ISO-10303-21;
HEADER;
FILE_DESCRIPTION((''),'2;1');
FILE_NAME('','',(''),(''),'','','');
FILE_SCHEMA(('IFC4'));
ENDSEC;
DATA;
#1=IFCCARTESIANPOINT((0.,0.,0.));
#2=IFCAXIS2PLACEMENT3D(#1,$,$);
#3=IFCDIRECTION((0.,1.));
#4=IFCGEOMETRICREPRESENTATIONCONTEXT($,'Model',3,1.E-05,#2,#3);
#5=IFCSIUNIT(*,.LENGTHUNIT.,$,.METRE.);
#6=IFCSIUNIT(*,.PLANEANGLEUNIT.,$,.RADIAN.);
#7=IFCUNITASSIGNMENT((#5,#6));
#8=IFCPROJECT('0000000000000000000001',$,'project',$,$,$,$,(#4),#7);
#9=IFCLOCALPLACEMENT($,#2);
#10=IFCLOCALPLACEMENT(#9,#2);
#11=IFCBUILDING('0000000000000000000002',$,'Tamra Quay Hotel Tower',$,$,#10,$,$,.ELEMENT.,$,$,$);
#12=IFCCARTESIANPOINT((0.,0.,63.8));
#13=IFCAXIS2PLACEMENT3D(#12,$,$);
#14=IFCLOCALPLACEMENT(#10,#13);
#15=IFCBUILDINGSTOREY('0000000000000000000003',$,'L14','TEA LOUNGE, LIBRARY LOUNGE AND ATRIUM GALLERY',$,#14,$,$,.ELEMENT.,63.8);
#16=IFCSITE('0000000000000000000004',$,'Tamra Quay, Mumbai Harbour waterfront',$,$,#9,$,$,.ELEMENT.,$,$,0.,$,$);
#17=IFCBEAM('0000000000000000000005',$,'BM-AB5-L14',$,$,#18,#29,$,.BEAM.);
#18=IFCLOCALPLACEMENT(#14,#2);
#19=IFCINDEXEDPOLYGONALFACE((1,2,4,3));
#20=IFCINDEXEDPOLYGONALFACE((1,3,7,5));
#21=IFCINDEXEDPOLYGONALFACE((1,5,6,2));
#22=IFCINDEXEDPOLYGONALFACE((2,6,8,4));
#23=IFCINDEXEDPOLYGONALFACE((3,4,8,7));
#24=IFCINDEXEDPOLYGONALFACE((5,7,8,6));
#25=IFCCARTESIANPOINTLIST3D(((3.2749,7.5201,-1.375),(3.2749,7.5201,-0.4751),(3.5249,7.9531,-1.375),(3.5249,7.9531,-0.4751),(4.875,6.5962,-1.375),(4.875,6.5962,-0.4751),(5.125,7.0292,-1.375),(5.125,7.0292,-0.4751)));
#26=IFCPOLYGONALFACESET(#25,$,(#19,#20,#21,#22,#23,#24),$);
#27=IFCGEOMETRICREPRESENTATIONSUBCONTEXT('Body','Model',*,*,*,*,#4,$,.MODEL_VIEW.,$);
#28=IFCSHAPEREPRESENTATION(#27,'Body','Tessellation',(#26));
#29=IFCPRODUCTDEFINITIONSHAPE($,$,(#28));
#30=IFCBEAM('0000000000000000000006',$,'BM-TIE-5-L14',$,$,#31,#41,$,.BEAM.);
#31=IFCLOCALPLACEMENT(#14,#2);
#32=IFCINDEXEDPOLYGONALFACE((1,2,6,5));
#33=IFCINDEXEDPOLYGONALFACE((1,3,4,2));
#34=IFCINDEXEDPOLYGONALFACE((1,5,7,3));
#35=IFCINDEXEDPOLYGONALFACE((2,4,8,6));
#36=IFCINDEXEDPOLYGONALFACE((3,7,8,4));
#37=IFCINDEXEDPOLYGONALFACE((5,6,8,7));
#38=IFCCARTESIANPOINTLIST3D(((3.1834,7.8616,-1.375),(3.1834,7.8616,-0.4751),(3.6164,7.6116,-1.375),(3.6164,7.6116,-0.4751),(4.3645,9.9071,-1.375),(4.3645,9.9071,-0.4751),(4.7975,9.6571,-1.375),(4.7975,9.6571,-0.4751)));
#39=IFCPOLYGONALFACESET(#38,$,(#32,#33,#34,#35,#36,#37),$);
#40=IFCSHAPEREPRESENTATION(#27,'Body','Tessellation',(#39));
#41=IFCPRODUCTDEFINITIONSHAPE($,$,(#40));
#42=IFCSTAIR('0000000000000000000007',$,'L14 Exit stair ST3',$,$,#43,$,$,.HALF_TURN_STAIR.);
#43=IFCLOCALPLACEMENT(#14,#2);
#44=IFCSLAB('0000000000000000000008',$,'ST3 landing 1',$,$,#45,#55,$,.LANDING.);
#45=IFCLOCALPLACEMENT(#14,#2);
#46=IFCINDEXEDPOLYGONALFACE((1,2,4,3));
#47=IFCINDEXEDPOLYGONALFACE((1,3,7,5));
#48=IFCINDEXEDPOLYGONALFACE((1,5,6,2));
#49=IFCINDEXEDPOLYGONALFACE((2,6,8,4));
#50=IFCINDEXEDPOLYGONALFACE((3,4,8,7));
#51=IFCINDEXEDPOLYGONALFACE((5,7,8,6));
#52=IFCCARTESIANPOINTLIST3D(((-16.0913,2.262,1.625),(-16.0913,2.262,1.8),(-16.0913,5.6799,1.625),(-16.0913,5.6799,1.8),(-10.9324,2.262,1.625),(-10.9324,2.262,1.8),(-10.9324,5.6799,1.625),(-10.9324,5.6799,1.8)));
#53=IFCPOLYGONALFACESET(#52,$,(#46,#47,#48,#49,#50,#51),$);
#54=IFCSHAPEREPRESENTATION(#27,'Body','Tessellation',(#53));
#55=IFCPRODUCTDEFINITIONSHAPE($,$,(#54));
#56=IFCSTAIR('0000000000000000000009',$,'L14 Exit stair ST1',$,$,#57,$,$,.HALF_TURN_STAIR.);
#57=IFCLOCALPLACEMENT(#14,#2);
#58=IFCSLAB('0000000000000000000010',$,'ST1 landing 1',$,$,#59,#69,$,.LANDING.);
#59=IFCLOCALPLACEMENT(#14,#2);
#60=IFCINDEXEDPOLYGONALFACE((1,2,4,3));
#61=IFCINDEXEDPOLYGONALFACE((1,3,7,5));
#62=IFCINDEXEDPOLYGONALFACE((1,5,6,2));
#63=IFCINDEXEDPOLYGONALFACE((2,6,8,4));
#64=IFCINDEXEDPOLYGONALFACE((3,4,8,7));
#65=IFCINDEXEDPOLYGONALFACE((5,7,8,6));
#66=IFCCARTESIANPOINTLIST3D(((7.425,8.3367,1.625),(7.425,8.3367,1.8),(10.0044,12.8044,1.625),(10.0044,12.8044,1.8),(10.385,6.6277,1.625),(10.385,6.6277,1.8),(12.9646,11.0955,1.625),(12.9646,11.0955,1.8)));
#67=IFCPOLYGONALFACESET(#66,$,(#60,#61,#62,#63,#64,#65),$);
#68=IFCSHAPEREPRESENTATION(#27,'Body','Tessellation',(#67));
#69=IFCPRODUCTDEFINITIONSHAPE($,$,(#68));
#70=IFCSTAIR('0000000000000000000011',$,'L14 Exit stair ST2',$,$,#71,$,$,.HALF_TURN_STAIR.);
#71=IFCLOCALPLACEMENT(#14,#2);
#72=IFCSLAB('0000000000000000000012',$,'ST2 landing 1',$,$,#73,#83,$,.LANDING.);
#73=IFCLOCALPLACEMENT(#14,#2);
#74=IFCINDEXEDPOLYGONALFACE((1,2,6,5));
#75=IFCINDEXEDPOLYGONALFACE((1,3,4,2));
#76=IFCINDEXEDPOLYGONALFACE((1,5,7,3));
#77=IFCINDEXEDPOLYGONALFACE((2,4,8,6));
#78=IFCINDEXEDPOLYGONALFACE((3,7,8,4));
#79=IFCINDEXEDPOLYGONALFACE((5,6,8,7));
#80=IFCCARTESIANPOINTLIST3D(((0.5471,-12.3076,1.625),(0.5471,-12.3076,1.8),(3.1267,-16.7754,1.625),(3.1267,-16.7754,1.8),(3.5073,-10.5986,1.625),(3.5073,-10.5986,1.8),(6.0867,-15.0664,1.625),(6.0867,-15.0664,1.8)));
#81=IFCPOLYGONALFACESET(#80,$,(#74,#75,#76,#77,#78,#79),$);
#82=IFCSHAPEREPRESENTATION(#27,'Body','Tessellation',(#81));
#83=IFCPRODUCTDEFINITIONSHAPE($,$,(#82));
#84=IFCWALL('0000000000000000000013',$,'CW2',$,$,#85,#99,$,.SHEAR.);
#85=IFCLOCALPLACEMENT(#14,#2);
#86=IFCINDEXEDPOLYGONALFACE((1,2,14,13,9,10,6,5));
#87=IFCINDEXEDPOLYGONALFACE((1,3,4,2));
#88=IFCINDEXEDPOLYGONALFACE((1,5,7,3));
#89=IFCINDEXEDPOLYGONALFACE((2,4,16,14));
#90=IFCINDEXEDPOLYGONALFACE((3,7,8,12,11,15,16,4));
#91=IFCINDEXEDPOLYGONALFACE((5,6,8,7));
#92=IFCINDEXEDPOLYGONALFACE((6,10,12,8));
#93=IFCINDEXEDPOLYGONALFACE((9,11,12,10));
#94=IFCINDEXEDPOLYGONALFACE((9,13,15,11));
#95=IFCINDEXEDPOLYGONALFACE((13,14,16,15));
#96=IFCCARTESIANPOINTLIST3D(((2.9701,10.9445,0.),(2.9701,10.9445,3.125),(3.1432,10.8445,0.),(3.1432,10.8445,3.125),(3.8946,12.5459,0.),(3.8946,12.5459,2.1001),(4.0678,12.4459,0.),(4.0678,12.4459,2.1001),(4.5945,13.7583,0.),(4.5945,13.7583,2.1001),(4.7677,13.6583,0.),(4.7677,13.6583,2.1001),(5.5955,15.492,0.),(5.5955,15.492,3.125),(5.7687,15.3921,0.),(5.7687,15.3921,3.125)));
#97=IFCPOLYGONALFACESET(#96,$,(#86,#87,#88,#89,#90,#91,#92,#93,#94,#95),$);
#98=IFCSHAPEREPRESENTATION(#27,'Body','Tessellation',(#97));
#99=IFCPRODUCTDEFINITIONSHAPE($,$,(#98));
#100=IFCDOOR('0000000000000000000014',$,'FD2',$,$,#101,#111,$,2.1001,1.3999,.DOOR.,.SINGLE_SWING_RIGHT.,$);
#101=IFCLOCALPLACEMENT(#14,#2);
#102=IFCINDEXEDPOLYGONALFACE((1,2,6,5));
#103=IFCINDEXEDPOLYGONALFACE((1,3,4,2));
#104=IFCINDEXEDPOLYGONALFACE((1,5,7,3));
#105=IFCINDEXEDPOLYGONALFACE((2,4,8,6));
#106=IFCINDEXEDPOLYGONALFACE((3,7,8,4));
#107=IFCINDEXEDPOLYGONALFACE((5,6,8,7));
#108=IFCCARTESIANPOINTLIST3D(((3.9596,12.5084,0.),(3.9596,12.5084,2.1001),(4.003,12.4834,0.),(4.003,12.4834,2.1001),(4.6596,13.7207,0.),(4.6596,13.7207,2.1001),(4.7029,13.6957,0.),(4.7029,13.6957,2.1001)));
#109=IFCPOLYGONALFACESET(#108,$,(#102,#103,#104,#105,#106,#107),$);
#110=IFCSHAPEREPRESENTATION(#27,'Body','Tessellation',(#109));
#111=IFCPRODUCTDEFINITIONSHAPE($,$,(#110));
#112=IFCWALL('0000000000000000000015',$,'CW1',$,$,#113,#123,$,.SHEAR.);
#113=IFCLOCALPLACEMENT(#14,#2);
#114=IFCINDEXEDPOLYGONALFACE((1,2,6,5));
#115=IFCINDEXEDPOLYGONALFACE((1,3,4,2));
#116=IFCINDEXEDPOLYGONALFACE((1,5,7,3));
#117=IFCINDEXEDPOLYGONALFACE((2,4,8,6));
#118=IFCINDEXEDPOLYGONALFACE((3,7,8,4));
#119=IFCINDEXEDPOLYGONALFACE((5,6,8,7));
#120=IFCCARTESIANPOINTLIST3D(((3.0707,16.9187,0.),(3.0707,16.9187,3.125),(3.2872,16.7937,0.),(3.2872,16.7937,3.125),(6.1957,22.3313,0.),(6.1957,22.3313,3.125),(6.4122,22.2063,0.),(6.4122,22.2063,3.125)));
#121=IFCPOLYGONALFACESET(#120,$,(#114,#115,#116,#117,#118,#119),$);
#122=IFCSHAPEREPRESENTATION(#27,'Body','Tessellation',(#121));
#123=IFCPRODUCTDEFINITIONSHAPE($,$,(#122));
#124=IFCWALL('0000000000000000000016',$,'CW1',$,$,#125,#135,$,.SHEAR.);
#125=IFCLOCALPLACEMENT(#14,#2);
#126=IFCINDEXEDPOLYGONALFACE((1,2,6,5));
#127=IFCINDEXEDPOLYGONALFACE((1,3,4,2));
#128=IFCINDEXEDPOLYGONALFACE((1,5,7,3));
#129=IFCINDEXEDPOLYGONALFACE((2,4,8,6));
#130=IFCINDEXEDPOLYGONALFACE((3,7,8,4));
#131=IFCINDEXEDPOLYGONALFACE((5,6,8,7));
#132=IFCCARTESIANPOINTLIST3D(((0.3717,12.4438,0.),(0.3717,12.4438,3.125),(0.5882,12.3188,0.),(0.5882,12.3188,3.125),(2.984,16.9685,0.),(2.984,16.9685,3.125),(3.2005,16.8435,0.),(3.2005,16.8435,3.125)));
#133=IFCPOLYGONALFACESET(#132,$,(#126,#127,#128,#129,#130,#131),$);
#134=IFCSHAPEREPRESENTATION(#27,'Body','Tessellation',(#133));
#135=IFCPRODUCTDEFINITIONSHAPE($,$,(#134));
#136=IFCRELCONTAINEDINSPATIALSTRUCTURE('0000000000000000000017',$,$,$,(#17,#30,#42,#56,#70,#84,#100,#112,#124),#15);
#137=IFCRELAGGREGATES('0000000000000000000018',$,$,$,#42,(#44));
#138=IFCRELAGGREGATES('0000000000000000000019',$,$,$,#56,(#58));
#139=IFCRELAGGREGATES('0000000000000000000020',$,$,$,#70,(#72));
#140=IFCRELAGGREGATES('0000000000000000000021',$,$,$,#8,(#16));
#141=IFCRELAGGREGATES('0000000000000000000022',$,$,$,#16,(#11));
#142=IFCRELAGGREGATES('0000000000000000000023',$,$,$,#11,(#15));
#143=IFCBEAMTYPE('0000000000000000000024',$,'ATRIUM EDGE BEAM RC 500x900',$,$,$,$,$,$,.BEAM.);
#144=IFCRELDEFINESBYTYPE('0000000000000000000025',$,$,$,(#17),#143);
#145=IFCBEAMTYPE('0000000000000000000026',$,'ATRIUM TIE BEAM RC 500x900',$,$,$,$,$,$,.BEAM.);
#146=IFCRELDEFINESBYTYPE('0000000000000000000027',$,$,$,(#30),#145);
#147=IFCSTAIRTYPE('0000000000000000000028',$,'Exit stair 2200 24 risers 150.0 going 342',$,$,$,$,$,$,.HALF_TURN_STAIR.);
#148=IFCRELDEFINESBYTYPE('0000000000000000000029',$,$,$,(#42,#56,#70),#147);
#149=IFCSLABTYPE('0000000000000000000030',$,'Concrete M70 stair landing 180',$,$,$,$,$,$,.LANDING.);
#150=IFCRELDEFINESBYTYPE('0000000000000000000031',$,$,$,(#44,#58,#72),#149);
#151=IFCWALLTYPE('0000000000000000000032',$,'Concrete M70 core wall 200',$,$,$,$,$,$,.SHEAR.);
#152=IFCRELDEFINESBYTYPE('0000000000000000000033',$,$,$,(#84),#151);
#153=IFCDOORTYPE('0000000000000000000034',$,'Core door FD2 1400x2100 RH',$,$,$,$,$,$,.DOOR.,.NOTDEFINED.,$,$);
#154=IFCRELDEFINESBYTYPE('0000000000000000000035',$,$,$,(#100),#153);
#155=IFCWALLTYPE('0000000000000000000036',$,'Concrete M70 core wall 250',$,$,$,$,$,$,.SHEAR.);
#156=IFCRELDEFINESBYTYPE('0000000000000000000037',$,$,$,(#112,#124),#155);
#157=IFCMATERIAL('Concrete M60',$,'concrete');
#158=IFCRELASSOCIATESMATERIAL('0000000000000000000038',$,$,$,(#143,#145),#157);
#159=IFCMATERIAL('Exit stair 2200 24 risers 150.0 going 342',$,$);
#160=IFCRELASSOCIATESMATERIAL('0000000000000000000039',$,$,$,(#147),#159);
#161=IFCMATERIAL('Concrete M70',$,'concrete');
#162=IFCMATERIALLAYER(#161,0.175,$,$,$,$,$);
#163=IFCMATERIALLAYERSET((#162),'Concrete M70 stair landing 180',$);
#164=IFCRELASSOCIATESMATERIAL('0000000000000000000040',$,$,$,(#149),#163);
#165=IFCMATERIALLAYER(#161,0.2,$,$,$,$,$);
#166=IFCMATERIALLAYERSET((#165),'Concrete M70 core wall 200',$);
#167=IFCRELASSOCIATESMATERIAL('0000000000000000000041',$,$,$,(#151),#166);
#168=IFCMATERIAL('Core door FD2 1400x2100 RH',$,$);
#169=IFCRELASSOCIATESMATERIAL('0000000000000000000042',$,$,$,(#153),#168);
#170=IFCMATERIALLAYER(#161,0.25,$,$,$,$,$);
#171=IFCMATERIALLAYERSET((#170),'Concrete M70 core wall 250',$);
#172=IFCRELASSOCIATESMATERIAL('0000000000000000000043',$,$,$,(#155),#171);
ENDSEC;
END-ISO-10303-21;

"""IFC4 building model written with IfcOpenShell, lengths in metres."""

from ifc_helpers import new_model, si_unit, direction, frame, frame_2d, origin, origin_2d, place, context, subcontext, project, spatial, polyline, rectangle, outline, extrude, material, layer, layer_set, material_profile, profile_set, type_object, element, fill, aggregate, save


model = new_model("IFC4")

# Units and contexts
model_context = context("Model", 3, precision=1e-05, world=origin(), true_north=direction((0.0, 1.0)))
body_context = subcontext(model_context, "Body", "Model", "MODEL_VIEW")
ifc_project = project(units=[si_unit("LENGTHUNIT", "METRE"), si_unit("PLANEANGLEUNIT", "RADIAN")], contexts=[model_context])

# Site, building, storey
site_placement = place(None, origin())
site = spatial("IfcSite", under=ifc_project, at=site_placement, Name="Tamra Quay, Mumbai Harbour waterfront", CompositionType="ELEMENT", RefElevation=0.0)
building_placement = place(site_placement, origin())
building = spatial("IfcBuilding", under=site, at=building_placement, Name="Tamra Quay Hotel Tower", CompositionType="ELEMENT")
storey_placement = place(building_placement, frame((0.0, 0.0, 63.8)))
storey = spatial("IfcBuildingStorey", under=building, at=storey_placement, Name="L14", Description="TEA LOUNGE, LIBRARY LOUNGE AND ATRIUM GALLERY", CompositionType="ELEMENT", Elevation=63.8)

# Beams
ifc_material_1 = material(Name="Concrete M60", Category="concrete")
ifc_material_profile_1 = material_profile(ifc_material_1, rectangle(XDim=0.5, YDim=0.8999, at=origin_2d()), Name="ATRIUM EDGE BEAM RC 500x900")
ifc_profile_set_1 = profile_set([ifc_material_profile_1], Name="Concrete M60")
beam_type_1 = type_object("IfcBeamType", Name="ATRIUM EDGE BEAM RC 500x900", PredefinedType="BEAM", material=ifc_profile_set_1)
beam_1_placement = place(storey_placement, frame((3.3999, 7.7366, -0.925), z_axis=(0.866023, -0.500005, 0.0), x_axis=(0.500005, 0.866023, 0.0)))
element("IfcBeam", 1, at=beam_1_placement, inside=storey, type_object=beam_type_1, Name="BM-AB5-L14", PredefinedType="BEAM", context=body_context, shape_type="SweptSolid", body=[
    extrude(rectangle(XDim=0.5, YDim=0.8999, at=origin_2d()), origin(), (0.0, 0.0, 1.0), 1.8477),
])
ifc_material_profile_2 = material_profile(ifc_material_1, rectangle(XDim=0.5, YDim=0.8999, at=origin_2d()), Name="ATRIUM TIE BEAM RC 500x900")
ifc_profile_set_2 = profile_set([ifc_material_profile_2], Name="Concrete M60")
beam_type_2 = type_object("IfcBeamType", Name="ATRIUM TIE BEAM RC 500x900", PredefinedType="BEAM", material=ifc_profile_set_2)
beam_2_placement = place(storey_placement, frame((3.3999, 7.7366, -0.925), z_axis=(0.50003, 0.866008, 0.0), x_axis=(-0.866008, 0.50003, 0.0)))
element("IfcBeam", 2, at=beam_2_placement, inside=storey, type_object=beam_type_2, Name="BM-TIE-5-L14", PredefinedType="BEAM", context=body_context, shape_type="SweptSolid", body=[
    extrude(rectangle(XDim=0.5, YDim=0.8999, at=origin_2d()), origin(), (0.0, 0.0, 1.0), 2.3621),
])

# Stairs, slabs
ifc_material_2 = material(Name="Exit stair 2200 24 risers 150.0 going 342")
stair_type = type_object("IfcStairType", Name="Exit stair 2200 24 risers 150.0 going 342", PredefinedType="HALF_TURN_STAIR", material=ifc_material_2)
stair_1_placement = place(storey_placement, origin())
stair_1 = element("IfcStair", 3, at=stair_1_placement, inside=storey, type_object=stair_type, Name="L14 Exit stair ST3", PredefinedType="HALF_TURN_STAIR")
ifc_material_3 = material(Name="Concrete M70", Category="concrete")
ifc_layer_1 = layer(ifc_material_3, 0.175)
ifc_layer_set_1 = layer_set([ifc_layer_1], Name="Concrete M70 stair landing 180")
slab_type = type_object("IfcSlabType", Name="Concrete M70 stair landing 180", PredefinedType="LANDING", material=ifc_layer_set_1)
slab_1_placement = place(storey_placement, frame((0.0, 0.0, 1.625)))
slab_1 = element("IfcSlab", 4, at=slab_1_placement, type_object=slab_type, Name="ST3 landing 1", PredefinedType="LANDING", context=body_context, shape_type="SweptSolid", body=[
    extrude(outline(polyline([(-10.9324, 2.262), (-10.9324, 5.6799), (-16.0913, 5.6799), (-16.0913, 2.262), (-10.9324, 2.262)])), origin(), (0.0, 0.0, 1.0), 0.175),
])
aggregate(stair_1, [slab_1])
stair_2_placement = place(storey_placement, origin())
stair_2 = element("IfcStair", 5, at=stair_2_placement, inside=storey, type_object=stair_type, Name="L14 Exit stair ST1", PredefinedType="HALF_TURN_STAIR")
slab_2_placement = place(storey_placement, frame((0.0, 0.0, 1.625)))
slab_2 = element("IfcSlab", 6, at=slab_2_placement, type_object=slab_type, Name="ST1 landing 1", PredefinedType="LANDING", context=body_context, shape_type="SweptSolid", body=[
    extrude(outline(polyline([(7.425, 8.3367), (10.385, 6.6277), (12.9646, 11.0955), (10.0044, 12.8044), (7.425, 8.3367)])), origin(), (0.0, 0.0, 1.0), 0.175),
])
aggregate(stair_2, [slab_2])
stair_3_placement = place(storey_placement, origin())
stair_3 = element("IfcStair", 7, at=stair_3_placement, inside=storey, type_object=stair_type, Name="L14 Exit stair ST2", PredefinedType="HALF_TURN_STAIR")
slab_3_placement = place(storey_placement, frame((0.0, 0.0, 1.625)))
slab_3 = element("IfcSlab", 8, at=slab_3_placement, type_object=slab_type, Name="ST2 landing 1", PredefinedType="LANDING", context=body_context, shape_type="SweptSolid", body=[
    extrude(outline(polyline([(3.5073, -10.5986), (0.5471, -12.3076), (3.1267, -16.7754), (6.0867, -15.0664), (3.5073, -10.5986)])), origin(), (0.0, 0.0, 1.0), 0.175),
])
aggregate(stair_3, [slab_3])

# Wall, opening, door
ifc_layer_2 = layer(ifc_material_3, 0.2)
ifc_layer_set_2 = layer_set([ifc_layer_2], Name="Concrete M70 core wall 200")
wall_type_1 = type_object("IfcWallType", Name="Concrete M70 core wall 200", PredefinedType="SHEAR", material=ifc_layer_set_2)
wall_1_placement = place(storey_placement, frame((3.0566, 10.8945, 0.0), z_axis=(0.0, 0.0, 1.0), x_axis=(0.499989, 0.866032, 0.0)))
wall_1 = element("IfcWall", 9, at=wall_1_placement, inside=storey, type_object=wall_type_1, Name="CW2", PredefinedType="SHEAR", context=body_context, shape_type="SweptSolid", body=[
    extrude(rectangle(XDim=5.251, YDim=0.2, at=frame_2d((2.6255, 0.0))), origin(), (0.0, 0.0, 1.0), 3.125),
])
opening_1_placement = place(wall_1_placement, frame((1.8491, 0.0, 0.0)))
opening_1 = element("IfcOpeningElement", 10, at=opening_1_placement, cuts=wall_1, PredefinedType="OPENING", context=body_context, shape_type="SweptSolid", body=[
    extrude(rectangle(XDim=1.3999, YDim=2.1001, at=frame_2d((0.7, 1.05))), frame((0.0, 0.1099, 0.0), z_axis=(0.0, -1.0, 0.0), x_axis=(1.0, 0.0, 0.0)), (0.0, 0.0, 1.0), 0.22),
])
ifc_material_4 = material(Name="Core door FD2 1400x2100 RH")
door_type_1 = type_object("IfcDoorType", Name="Core door FD2 1400x2100 RH", OperationType="NOTDEFINED", PredefinedType="DOOR", material=ifc_material_4)
door_1_placement = place(opening_1_placement, origin())
door_1 = element("IfcDoor", 11, at=door_1_placement, inside=storey, type_object=door_type_1, Name="FD2", OperationType="SINGLE_SWING_RIGHT", OverallHeight=2.1001, OverallWidth=1.3999, PredefinedType="DOOR", context=body_context, shape_type="SweptSolid", body=[
    extrude(rectangle(XDim=1.3999, YDim=2.1001, at=frame_2d((0.7, 1.05))), frame((0.0, 0.0249, 0.0), z_axis=(0.0, -1.0, 0.0), x_axis=(1.0, 0.0, 0.0)), (0.0, 0.0, 1.0), 0.05),
])
fill(opening_1, door_1)

# Walls
ifc_layer_3 = layer(ifc_material_3, 0.25)
ifc_layer_set_3 = layer_set([ifc_layer_3], Name="Concrete M70 core wall 250")
wall_type_2 = type_object("IfcWallType", Name="Concrete M70 core wall 250", PredefinedType="SHEAR", material=ifc_layer_set_3)
wall_2_placement = place(storey_placement, frame((3.179, 16.8562, 0.0), z_axis=(0.0, 0.0, 1.0), x_axis=(0.500004, 0.866023, 0.0)))
element("IfcWall", 12, at=wall_2_placement, inside=storey, type_object=wall_type_2, Name="CW1", PredefinedType="SHEAR", context=body_context, shape_type="SweptSolid", body=[
    extrude(rectangle(XDim=6.25, YDim=0.25, at=frame_2d((3.125, 0.0))), origin(), (0.0, 0.0, 1.0), 3.125),
])
wall_3_placement = place(storey_placement, frame((0.48, 12.3813, 0.0), z_axis=(0.0, 0.0, 1.0), x_axis=(0.499999, 0.866026, 0.0)))
element("IfcWall", 13, at=wall_3_placement, inside=storey, type_object=wall_type_2, Name="CW1", PredefinedType="SHEAR", context=body_context, shape_type="SweptSolid", body=[
    extrude(rectangle(XDim=5.2246, YDim=0.25, at=frame_2d((2.6123, 0.0))), origin(), (0.0, 0.0, 1.0), 3.125),
])

save(model, "model.ifc")
